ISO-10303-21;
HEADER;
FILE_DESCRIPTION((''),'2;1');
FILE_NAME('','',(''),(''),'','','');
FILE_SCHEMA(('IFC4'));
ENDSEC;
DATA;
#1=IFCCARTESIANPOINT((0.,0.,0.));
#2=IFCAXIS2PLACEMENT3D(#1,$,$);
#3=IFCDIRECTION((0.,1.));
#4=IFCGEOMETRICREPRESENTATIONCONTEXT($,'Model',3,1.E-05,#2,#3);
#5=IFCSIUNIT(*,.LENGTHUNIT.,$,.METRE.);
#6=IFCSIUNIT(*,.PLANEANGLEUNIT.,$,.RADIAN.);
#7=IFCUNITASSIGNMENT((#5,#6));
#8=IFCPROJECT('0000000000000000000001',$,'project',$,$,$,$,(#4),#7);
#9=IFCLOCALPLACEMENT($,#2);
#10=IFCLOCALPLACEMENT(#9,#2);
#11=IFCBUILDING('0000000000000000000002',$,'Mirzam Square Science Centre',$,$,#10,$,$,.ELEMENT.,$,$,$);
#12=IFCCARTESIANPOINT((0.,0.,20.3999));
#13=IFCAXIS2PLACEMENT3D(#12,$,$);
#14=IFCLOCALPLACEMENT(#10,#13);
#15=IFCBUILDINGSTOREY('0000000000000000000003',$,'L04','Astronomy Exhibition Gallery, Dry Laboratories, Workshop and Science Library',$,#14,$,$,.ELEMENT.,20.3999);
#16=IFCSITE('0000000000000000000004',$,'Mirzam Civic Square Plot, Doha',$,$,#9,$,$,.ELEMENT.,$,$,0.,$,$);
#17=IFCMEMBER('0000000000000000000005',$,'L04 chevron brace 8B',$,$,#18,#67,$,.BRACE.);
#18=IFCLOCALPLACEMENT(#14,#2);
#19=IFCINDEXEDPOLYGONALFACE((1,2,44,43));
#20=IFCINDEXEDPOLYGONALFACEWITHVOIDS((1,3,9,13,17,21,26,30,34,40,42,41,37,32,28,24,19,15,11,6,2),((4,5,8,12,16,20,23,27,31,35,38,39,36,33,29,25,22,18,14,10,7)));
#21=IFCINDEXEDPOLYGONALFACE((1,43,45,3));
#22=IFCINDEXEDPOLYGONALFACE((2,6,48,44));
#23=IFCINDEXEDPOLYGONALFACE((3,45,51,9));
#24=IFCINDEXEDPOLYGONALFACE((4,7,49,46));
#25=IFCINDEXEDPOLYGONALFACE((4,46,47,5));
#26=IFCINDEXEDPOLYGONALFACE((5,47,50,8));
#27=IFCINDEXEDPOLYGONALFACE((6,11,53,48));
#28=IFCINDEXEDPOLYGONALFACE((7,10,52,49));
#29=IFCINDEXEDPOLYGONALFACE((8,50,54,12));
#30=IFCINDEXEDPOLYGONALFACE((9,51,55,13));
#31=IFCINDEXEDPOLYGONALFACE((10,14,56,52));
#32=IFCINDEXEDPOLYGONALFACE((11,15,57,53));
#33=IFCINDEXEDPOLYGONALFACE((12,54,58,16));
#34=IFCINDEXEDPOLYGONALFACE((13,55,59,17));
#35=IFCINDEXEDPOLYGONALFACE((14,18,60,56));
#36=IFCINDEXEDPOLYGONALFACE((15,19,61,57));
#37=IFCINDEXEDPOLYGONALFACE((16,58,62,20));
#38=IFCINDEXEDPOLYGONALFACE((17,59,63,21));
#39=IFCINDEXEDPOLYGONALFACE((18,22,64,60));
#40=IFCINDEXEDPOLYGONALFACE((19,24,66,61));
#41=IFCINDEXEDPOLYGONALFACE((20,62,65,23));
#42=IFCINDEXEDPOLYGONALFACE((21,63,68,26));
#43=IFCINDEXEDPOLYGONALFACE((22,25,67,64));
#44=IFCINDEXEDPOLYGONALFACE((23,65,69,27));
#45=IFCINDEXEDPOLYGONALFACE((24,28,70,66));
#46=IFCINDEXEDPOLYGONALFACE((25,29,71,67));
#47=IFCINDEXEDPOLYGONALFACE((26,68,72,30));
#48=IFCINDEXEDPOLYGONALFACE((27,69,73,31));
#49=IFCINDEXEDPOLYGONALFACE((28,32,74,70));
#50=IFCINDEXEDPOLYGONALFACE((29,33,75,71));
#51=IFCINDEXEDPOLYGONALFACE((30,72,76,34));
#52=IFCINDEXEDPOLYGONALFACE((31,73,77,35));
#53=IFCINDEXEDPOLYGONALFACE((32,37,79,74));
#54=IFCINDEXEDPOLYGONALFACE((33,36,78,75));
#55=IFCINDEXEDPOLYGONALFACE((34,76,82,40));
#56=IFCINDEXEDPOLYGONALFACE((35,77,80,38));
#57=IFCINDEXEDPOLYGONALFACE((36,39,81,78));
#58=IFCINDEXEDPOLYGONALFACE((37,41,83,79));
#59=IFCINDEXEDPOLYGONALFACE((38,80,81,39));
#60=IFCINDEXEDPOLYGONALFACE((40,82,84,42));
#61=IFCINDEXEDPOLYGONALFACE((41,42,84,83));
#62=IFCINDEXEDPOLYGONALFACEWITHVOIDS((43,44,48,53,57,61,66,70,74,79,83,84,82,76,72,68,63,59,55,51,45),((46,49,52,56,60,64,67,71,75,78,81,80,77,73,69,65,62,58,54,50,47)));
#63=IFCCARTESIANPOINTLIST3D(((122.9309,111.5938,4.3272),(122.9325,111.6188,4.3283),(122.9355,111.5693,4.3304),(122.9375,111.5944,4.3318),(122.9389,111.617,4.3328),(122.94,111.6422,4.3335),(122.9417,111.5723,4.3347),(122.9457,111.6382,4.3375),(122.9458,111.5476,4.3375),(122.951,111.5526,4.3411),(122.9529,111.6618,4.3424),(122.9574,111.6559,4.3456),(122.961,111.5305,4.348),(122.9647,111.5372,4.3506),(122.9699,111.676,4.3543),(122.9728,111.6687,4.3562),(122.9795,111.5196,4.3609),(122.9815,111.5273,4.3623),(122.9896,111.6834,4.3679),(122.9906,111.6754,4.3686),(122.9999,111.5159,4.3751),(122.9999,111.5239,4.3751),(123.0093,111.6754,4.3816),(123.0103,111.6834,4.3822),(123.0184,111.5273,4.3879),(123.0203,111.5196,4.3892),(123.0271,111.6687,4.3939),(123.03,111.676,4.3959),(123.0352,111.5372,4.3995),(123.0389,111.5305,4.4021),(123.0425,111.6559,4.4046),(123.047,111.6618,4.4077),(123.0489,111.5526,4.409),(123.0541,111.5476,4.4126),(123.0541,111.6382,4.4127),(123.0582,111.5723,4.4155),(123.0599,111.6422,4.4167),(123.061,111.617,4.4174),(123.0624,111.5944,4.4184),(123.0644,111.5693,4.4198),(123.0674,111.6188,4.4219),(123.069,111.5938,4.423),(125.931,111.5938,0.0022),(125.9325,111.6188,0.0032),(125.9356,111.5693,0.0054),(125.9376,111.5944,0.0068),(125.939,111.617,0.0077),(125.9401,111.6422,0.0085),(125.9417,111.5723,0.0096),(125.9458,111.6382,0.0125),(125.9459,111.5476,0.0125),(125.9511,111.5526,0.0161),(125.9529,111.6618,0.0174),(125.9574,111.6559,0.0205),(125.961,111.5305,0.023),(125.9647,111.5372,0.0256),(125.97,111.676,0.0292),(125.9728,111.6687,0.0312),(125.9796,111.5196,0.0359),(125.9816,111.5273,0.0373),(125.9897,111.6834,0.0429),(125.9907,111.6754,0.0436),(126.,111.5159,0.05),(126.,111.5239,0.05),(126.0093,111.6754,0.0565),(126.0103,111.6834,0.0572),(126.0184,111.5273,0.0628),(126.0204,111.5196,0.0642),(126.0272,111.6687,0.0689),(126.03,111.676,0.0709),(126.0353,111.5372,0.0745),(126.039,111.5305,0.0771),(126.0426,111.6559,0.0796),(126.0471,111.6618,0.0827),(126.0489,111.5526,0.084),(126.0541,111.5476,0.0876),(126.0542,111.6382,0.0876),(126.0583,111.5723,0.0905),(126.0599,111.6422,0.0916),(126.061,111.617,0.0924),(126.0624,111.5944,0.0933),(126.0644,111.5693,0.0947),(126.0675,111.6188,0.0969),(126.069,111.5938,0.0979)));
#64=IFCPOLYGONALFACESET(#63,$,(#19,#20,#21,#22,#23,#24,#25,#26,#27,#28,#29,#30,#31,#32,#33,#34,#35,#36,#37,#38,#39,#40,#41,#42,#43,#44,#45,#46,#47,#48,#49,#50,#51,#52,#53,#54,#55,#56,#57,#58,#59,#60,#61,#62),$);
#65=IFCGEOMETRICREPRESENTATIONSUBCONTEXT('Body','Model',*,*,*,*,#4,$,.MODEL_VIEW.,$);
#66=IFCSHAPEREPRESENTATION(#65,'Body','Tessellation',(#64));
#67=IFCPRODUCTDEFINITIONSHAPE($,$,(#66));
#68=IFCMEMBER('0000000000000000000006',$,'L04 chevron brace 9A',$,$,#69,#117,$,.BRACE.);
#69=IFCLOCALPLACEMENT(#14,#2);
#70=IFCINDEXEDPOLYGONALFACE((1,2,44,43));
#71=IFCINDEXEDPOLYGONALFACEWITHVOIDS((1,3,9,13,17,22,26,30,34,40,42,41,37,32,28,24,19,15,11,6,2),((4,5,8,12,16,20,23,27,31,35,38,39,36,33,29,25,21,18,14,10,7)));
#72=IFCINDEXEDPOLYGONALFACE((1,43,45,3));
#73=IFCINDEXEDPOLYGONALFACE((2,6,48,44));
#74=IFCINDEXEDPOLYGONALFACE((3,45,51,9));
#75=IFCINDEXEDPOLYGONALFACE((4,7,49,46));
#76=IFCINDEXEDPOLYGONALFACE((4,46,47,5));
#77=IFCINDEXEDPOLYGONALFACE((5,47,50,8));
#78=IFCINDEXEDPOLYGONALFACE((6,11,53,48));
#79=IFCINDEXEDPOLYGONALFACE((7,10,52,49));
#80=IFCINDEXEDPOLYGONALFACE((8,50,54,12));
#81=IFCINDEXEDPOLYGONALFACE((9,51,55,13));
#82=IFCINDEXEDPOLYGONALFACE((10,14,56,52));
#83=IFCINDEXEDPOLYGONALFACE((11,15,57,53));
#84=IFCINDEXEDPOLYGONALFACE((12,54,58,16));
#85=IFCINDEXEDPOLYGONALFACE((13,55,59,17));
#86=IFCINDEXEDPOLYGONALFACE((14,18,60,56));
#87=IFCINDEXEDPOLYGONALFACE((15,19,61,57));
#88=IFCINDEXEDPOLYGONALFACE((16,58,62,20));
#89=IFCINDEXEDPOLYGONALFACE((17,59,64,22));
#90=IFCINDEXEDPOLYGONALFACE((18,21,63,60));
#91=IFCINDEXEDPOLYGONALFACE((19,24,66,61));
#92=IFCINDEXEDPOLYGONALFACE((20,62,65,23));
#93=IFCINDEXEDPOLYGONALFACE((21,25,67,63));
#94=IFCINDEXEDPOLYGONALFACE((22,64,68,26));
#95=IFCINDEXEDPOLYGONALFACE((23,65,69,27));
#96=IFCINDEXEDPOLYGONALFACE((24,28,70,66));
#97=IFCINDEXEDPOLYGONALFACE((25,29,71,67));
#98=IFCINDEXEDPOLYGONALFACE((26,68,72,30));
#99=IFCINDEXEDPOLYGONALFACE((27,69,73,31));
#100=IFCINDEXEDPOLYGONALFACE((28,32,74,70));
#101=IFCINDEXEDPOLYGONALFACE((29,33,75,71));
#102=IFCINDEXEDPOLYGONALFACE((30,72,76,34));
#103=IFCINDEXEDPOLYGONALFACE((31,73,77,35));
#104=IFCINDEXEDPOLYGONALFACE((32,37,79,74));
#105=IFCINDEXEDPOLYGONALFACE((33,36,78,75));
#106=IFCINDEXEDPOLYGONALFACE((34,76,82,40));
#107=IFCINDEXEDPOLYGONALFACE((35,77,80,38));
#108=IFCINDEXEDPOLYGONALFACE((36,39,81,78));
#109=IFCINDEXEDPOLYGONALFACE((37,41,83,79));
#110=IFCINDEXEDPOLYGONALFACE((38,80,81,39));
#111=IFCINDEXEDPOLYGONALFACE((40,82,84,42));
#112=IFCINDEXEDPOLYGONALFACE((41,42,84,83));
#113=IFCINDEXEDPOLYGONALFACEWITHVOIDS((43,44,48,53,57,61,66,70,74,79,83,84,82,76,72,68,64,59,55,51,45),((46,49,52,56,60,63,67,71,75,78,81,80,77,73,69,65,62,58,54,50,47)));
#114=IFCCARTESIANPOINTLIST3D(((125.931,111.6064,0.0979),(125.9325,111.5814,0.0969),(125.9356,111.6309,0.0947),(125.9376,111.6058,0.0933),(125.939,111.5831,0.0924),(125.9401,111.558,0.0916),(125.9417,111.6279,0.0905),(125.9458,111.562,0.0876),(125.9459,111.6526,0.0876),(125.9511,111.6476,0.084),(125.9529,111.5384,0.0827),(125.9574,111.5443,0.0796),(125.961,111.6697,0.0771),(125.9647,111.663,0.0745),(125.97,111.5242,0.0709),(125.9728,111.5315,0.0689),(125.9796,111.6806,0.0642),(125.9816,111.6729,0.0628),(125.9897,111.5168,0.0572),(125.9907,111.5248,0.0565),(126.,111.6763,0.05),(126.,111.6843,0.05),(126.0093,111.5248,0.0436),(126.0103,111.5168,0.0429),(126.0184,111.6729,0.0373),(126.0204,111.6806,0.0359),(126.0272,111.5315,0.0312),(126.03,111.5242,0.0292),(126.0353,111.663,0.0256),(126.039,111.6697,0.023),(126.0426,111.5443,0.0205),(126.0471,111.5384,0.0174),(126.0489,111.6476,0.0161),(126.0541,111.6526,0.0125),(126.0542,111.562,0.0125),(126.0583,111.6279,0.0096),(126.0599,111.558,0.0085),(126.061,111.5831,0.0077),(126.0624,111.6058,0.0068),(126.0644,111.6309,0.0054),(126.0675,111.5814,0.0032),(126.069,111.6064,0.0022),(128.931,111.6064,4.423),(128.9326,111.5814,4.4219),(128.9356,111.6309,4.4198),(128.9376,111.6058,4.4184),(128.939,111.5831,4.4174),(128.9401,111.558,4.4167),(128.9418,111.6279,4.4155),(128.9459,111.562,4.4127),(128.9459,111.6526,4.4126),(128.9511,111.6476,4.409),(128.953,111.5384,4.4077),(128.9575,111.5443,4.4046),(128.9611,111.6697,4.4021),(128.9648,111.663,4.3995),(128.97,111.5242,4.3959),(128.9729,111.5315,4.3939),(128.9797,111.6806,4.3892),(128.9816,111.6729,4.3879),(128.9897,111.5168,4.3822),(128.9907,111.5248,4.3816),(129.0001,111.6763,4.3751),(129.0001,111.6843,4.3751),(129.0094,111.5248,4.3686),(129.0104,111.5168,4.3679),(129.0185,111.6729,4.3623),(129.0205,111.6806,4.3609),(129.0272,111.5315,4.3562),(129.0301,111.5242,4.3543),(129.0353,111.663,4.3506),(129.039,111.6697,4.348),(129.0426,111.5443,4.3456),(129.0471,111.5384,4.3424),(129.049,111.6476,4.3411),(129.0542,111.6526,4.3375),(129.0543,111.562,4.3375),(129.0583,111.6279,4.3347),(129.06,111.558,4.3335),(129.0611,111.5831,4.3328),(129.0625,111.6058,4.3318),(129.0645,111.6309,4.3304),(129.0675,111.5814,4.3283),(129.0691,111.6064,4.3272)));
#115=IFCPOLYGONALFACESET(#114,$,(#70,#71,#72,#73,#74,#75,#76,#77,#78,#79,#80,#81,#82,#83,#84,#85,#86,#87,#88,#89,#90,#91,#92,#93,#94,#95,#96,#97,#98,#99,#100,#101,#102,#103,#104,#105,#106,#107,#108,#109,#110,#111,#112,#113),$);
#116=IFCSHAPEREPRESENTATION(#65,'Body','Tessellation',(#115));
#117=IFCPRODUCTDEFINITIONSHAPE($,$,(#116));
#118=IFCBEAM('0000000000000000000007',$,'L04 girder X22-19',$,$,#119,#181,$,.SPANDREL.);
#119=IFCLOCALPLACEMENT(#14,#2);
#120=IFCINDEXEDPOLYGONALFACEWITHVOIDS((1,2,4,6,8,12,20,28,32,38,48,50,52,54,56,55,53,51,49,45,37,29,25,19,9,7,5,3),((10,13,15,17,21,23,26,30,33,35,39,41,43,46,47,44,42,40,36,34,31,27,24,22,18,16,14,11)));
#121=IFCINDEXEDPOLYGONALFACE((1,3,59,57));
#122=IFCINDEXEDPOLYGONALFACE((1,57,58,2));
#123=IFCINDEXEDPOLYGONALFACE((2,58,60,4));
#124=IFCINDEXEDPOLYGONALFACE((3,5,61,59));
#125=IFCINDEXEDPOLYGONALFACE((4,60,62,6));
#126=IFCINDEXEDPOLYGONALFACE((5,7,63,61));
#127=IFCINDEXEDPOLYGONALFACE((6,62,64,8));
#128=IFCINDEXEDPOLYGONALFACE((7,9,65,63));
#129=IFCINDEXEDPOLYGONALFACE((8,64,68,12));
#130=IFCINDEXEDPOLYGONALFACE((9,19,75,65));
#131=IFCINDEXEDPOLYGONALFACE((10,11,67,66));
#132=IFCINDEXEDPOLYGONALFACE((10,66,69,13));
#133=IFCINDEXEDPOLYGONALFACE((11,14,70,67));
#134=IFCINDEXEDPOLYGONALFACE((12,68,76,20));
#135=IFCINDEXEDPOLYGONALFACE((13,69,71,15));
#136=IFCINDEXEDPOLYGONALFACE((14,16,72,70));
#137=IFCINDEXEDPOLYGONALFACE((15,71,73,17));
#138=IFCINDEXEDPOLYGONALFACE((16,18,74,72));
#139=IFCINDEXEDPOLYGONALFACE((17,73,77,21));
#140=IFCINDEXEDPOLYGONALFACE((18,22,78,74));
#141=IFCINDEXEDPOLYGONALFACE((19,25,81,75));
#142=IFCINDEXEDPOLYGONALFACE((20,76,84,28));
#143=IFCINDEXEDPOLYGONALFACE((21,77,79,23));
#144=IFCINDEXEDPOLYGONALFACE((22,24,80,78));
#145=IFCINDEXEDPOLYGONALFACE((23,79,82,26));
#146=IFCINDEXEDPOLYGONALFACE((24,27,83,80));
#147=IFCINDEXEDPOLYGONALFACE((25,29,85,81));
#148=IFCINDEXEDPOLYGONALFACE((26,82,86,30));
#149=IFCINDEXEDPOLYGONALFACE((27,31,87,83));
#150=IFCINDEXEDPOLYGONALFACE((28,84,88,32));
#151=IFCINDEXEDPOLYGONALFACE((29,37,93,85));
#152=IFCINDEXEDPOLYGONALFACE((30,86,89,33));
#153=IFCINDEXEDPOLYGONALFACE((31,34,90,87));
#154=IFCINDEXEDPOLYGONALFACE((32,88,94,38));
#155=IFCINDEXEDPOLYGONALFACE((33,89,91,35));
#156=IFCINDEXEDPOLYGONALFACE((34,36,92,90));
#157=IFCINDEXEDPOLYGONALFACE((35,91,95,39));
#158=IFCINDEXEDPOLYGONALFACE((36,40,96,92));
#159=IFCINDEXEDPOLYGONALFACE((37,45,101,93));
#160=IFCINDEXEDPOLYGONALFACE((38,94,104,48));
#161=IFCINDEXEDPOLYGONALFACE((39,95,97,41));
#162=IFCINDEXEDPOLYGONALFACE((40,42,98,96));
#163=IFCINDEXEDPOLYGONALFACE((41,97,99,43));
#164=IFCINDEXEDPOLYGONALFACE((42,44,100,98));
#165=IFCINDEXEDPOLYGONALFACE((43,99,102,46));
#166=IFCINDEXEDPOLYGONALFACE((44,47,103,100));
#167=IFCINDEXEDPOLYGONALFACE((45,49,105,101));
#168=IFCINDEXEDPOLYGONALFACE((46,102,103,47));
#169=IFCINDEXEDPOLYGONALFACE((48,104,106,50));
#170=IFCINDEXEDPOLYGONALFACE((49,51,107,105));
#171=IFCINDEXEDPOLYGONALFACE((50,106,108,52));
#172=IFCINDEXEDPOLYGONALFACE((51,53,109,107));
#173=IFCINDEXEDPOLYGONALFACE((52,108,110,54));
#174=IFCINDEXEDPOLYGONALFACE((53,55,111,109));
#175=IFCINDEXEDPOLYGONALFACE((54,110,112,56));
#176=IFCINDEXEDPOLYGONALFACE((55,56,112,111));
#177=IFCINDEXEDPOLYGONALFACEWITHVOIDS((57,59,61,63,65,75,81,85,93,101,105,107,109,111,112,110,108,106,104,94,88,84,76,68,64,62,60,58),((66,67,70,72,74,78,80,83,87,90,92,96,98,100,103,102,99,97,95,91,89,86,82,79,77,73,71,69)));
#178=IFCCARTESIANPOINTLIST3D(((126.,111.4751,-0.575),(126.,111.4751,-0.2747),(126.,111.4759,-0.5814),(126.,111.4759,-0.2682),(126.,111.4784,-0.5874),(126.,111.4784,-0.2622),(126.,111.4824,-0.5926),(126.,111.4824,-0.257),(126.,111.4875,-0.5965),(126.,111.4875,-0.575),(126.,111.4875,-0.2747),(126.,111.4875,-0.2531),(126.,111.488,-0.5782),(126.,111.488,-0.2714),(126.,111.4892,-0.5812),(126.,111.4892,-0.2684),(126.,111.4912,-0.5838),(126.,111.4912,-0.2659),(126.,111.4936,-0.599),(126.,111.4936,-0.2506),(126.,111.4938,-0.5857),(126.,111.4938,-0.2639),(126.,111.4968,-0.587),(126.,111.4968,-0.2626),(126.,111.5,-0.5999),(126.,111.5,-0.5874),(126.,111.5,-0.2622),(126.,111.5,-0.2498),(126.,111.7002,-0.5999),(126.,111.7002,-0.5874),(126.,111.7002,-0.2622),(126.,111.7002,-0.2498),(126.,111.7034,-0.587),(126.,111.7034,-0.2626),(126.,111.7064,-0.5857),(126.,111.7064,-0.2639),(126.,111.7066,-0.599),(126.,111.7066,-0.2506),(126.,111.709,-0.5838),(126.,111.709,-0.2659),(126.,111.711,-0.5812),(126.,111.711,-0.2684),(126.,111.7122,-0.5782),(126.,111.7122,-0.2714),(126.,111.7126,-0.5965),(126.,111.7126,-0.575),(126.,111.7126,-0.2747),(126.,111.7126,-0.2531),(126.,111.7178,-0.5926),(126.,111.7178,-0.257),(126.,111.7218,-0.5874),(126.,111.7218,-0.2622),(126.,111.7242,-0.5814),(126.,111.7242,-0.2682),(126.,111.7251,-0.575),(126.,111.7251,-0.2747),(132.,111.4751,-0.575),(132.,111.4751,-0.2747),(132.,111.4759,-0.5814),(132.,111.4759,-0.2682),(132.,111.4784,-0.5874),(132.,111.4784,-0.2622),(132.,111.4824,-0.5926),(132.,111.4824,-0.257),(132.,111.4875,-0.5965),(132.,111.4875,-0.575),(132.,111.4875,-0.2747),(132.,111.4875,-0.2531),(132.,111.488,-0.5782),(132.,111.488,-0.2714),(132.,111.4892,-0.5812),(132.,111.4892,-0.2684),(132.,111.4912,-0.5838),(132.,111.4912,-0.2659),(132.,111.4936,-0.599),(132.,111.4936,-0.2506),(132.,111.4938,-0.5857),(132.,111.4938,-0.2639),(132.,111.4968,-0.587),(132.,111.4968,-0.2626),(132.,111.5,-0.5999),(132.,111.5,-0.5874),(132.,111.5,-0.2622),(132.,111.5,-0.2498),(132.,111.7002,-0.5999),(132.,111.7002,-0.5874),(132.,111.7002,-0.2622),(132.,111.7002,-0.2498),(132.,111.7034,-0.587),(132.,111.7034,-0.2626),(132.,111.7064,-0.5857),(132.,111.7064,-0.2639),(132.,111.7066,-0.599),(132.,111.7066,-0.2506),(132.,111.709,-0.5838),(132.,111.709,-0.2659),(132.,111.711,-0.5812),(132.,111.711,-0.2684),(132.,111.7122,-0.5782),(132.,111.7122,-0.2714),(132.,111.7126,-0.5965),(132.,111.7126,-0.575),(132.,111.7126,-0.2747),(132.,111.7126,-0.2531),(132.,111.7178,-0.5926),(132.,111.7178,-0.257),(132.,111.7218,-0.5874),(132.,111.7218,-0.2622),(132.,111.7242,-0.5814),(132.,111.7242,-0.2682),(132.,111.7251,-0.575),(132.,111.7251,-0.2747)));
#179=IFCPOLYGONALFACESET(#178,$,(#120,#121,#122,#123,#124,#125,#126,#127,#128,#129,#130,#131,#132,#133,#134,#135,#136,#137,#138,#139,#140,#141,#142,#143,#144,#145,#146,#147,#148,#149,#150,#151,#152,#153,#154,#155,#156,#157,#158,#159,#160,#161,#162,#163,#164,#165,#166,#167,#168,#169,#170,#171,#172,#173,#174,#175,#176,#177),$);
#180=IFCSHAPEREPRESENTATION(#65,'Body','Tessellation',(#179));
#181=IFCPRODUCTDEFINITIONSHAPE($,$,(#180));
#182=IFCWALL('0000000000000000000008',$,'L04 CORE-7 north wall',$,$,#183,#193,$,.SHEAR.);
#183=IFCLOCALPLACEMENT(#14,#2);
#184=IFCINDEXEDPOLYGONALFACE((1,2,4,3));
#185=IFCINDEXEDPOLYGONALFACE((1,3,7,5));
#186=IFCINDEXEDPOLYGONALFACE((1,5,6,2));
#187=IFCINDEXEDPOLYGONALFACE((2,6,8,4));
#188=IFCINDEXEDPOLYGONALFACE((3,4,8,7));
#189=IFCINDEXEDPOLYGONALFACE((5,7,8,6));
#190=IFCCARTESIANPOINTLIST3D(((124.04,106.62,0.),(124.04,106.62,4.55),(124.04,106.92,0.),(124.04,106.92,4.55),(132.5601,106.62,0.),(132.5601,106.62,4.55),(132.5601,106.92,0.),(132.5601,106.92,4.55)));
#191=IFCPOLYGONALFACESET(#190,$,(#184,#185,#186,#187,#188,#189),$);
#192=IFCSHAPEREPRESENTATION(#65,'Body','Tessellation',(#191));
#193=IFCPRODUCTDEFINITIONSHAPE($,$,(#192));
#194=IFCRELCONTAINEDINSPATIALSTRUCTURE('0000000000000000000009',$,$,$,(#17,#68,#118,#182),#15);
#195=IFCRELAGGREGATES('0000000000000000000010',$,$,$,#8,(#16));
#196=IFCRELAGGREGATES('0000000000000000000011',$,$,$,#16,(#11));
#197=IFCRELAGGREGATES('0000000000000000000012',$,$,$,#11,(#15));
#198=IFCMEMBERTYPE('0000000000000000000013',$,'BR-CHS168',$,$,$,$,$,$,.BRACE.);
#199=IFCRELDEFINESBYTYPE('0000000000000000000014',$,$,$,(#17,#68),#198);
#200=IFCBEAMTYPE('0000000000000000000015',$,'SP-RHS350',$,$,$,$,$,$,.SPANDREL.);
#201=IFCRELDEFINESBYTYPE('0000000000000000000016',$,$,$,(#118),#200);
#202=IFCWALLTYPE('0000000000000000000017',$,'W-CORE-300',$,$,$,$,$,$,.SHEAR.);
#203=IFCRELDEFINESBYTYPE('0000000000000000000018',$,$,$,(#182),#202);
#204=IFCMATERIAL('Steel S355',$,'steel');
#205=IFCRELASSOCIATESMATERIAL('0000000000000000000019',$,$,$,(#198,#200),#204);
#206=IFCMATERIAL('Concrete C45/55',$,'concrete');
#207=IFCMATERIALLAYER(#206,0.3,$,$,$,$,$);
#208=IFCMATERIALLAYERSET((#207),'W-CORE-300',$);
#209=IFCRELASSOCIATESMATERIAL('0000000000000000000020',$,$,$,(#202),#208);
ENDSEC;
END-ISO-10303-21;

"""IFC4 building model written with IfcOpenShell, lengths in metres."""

from ifc_helpers import new_model, si_unit, direction, frame, frame_2d, origin, origin_2d, place, context, subcontext, project, spatial, rectangle, hollow_rectangle, hollow_circle, extrude, material, layer, layer_set, material_profile, profile_set, type_object, element, save


model = new_model("IFC4")

# Units and contexts
model_context = context("Model", 3, precision=1e-05, world=origin(), true_north=direction((0.0, 1.0)))
body_context = subcontext(model_context, "Body", "Model", "MODEL_VIEW")
ifc_project = project(units=[si_unit("LENGTHUNIT", "METRE"), si_unit("PLANEANGLEUNIT", "RADIAN")], contexts=[model_context])

# Site, building, storey
site_placement = place(None, origin())
site = spatial("IfcSite", under=ifc_project, at=site_placement, Name="Mirzam Civic Square Plot, Doha", CompositionType="ELEMENT", RefElevation=0.0)
building_placement = place(site_placement, origin())
building = spatial("IfcBuilding", under=site, at=building_placement, Name="Mirzam Square Science Centre", CompositionType="ELEMENT")
storey_placement = place(building_placement, frame((0.0, 0.0, 20.3999)))
storey = spatial("IfcBuildingStorey", under=building, at=storey_placement, Name="L04", Description="Astronomy Exhibition Gallery, Dry Laboratories, Workshop and Science Library", CompositionType="ELEMENT", Elevation=20.3999)

# Shared definitions
ifc_material_1 = material(Name="Steel S355", Category="steel")

# Members
ifc_material_profile_1 = material_profile(ifc_material_1, hollow_circle(Radius=0.0842, WallThickness=0.0081, at=origin_2d()), Name="168.3x8.0CHS")
ifc_profile_set_1 = profile_set([ifc_material_profile_1], Name="Steel S355")
member_type = type_object("IfcMemberType", Name="BR-CHS168", PredefinedType="BRACE", material=ifc_profile_set_1)
for number, where, z_axis, x_axis, name in (
    (1, (126.0, 111.6001, 0.05), (-0.569955, 0.0, 0.821676), (0.0, -1.0, 0.0), "L04 chevron brace 8B"),
    (2, (126.0, 111.6001, 0.05), (0.569955, 0.0, 0.821676), (0.0, 1.0, 0.0), "L04 chevron brace 9A"),
):
    element("IfcMember", number, at=place(storey_placement, frame(where, z_axis=z_axis, x_axis=x_axis)), inside=storey, type_object=member_type, Name=name, PredefinedType="BRACE", context=body_context, shape_type="SweptSolid", body=[
        extrude(hollow_circle(Radius=0.0842, WallThickness=0.0081, at=origin_2d()), origin(), (0.0, 0.0, 1.0), 5.2637),
    ])

# Beam
ifc_material_profile_2 = material_profile(ifc_material_1, hollow_rectangle(XDim=0.25, YDim=0.3501, WallThickness=0.0125, InnerFilletRadius=0.0125, OuterFilletRadius=0.0249, at=origin_2d()), Name="350x250x12.5RHS")
ifc_profile_set_2 = profile_set([ifc_material_profile_2], Name="Steel S355")
beam_type = type_object("IfcBeamType", Name="SP-RHS350", PredefinedType="SPANDREL", material=ifc_profile_set_2)
beam_placement = place(storey_placement, frame((126.0, 111.6001, -0.4248), z_axis=(1.0, 0.0, 0.0), x_axis=(0.0, 1.0, 0.0)))
element("IfcBeam", 3, at=beam_placement, inside=storey, type_object=beam_type, Name="L04 girder X22-19", PredefinedType="SPANDREL", context=body_context, shape_type="SweptSolid", body=[
    extrude(hollow_rectangle(XDim=0.25, YDim=0.3501, WallThickness=0.0125, InnerFilletRadius=0.0125, OuterFilletRadius=0.0249, at=origin_2d()), origin(), (0.0, 0.0, 1.0), 6.0),
])

# Wall
ifc_material_2 = material(Name="Concrete C45/55", Category="concrete")
ifc_layer_1 = layer(ifc_material_2, 0.3)
ifc_layer_set_1 = layer_set([ifc_layer_1], Name="W-CORE-300")
wall_type_1 = type_object("IfcWallType", Name="W-CORE-300", PredefinedType="SHEAR", material=ifc_layer_set_1)
wall_1_placement = place(storey_placement, frame((132.5601, 106.77, 0.0), z_axis=(0.0, 0.0, 1.0), x_axis=(-1.0, 0.0, 0.0)))
element("IfcWall", 4, at=wall_1_placement, inside=storey, type_object=wall_type_1, Name="L04 CORE-7 north wall", PredefinedType="SHEAR", context=body_context, shape_type="SweptSolid", body=[
    extrude(rectangle(XDim=8.52, YDim=0.3, at=frame_2d((4.26, 0.0))), origin(), (0.0, 0.0, 1.0), 4.55),
])

save(model, "model.ifc")
